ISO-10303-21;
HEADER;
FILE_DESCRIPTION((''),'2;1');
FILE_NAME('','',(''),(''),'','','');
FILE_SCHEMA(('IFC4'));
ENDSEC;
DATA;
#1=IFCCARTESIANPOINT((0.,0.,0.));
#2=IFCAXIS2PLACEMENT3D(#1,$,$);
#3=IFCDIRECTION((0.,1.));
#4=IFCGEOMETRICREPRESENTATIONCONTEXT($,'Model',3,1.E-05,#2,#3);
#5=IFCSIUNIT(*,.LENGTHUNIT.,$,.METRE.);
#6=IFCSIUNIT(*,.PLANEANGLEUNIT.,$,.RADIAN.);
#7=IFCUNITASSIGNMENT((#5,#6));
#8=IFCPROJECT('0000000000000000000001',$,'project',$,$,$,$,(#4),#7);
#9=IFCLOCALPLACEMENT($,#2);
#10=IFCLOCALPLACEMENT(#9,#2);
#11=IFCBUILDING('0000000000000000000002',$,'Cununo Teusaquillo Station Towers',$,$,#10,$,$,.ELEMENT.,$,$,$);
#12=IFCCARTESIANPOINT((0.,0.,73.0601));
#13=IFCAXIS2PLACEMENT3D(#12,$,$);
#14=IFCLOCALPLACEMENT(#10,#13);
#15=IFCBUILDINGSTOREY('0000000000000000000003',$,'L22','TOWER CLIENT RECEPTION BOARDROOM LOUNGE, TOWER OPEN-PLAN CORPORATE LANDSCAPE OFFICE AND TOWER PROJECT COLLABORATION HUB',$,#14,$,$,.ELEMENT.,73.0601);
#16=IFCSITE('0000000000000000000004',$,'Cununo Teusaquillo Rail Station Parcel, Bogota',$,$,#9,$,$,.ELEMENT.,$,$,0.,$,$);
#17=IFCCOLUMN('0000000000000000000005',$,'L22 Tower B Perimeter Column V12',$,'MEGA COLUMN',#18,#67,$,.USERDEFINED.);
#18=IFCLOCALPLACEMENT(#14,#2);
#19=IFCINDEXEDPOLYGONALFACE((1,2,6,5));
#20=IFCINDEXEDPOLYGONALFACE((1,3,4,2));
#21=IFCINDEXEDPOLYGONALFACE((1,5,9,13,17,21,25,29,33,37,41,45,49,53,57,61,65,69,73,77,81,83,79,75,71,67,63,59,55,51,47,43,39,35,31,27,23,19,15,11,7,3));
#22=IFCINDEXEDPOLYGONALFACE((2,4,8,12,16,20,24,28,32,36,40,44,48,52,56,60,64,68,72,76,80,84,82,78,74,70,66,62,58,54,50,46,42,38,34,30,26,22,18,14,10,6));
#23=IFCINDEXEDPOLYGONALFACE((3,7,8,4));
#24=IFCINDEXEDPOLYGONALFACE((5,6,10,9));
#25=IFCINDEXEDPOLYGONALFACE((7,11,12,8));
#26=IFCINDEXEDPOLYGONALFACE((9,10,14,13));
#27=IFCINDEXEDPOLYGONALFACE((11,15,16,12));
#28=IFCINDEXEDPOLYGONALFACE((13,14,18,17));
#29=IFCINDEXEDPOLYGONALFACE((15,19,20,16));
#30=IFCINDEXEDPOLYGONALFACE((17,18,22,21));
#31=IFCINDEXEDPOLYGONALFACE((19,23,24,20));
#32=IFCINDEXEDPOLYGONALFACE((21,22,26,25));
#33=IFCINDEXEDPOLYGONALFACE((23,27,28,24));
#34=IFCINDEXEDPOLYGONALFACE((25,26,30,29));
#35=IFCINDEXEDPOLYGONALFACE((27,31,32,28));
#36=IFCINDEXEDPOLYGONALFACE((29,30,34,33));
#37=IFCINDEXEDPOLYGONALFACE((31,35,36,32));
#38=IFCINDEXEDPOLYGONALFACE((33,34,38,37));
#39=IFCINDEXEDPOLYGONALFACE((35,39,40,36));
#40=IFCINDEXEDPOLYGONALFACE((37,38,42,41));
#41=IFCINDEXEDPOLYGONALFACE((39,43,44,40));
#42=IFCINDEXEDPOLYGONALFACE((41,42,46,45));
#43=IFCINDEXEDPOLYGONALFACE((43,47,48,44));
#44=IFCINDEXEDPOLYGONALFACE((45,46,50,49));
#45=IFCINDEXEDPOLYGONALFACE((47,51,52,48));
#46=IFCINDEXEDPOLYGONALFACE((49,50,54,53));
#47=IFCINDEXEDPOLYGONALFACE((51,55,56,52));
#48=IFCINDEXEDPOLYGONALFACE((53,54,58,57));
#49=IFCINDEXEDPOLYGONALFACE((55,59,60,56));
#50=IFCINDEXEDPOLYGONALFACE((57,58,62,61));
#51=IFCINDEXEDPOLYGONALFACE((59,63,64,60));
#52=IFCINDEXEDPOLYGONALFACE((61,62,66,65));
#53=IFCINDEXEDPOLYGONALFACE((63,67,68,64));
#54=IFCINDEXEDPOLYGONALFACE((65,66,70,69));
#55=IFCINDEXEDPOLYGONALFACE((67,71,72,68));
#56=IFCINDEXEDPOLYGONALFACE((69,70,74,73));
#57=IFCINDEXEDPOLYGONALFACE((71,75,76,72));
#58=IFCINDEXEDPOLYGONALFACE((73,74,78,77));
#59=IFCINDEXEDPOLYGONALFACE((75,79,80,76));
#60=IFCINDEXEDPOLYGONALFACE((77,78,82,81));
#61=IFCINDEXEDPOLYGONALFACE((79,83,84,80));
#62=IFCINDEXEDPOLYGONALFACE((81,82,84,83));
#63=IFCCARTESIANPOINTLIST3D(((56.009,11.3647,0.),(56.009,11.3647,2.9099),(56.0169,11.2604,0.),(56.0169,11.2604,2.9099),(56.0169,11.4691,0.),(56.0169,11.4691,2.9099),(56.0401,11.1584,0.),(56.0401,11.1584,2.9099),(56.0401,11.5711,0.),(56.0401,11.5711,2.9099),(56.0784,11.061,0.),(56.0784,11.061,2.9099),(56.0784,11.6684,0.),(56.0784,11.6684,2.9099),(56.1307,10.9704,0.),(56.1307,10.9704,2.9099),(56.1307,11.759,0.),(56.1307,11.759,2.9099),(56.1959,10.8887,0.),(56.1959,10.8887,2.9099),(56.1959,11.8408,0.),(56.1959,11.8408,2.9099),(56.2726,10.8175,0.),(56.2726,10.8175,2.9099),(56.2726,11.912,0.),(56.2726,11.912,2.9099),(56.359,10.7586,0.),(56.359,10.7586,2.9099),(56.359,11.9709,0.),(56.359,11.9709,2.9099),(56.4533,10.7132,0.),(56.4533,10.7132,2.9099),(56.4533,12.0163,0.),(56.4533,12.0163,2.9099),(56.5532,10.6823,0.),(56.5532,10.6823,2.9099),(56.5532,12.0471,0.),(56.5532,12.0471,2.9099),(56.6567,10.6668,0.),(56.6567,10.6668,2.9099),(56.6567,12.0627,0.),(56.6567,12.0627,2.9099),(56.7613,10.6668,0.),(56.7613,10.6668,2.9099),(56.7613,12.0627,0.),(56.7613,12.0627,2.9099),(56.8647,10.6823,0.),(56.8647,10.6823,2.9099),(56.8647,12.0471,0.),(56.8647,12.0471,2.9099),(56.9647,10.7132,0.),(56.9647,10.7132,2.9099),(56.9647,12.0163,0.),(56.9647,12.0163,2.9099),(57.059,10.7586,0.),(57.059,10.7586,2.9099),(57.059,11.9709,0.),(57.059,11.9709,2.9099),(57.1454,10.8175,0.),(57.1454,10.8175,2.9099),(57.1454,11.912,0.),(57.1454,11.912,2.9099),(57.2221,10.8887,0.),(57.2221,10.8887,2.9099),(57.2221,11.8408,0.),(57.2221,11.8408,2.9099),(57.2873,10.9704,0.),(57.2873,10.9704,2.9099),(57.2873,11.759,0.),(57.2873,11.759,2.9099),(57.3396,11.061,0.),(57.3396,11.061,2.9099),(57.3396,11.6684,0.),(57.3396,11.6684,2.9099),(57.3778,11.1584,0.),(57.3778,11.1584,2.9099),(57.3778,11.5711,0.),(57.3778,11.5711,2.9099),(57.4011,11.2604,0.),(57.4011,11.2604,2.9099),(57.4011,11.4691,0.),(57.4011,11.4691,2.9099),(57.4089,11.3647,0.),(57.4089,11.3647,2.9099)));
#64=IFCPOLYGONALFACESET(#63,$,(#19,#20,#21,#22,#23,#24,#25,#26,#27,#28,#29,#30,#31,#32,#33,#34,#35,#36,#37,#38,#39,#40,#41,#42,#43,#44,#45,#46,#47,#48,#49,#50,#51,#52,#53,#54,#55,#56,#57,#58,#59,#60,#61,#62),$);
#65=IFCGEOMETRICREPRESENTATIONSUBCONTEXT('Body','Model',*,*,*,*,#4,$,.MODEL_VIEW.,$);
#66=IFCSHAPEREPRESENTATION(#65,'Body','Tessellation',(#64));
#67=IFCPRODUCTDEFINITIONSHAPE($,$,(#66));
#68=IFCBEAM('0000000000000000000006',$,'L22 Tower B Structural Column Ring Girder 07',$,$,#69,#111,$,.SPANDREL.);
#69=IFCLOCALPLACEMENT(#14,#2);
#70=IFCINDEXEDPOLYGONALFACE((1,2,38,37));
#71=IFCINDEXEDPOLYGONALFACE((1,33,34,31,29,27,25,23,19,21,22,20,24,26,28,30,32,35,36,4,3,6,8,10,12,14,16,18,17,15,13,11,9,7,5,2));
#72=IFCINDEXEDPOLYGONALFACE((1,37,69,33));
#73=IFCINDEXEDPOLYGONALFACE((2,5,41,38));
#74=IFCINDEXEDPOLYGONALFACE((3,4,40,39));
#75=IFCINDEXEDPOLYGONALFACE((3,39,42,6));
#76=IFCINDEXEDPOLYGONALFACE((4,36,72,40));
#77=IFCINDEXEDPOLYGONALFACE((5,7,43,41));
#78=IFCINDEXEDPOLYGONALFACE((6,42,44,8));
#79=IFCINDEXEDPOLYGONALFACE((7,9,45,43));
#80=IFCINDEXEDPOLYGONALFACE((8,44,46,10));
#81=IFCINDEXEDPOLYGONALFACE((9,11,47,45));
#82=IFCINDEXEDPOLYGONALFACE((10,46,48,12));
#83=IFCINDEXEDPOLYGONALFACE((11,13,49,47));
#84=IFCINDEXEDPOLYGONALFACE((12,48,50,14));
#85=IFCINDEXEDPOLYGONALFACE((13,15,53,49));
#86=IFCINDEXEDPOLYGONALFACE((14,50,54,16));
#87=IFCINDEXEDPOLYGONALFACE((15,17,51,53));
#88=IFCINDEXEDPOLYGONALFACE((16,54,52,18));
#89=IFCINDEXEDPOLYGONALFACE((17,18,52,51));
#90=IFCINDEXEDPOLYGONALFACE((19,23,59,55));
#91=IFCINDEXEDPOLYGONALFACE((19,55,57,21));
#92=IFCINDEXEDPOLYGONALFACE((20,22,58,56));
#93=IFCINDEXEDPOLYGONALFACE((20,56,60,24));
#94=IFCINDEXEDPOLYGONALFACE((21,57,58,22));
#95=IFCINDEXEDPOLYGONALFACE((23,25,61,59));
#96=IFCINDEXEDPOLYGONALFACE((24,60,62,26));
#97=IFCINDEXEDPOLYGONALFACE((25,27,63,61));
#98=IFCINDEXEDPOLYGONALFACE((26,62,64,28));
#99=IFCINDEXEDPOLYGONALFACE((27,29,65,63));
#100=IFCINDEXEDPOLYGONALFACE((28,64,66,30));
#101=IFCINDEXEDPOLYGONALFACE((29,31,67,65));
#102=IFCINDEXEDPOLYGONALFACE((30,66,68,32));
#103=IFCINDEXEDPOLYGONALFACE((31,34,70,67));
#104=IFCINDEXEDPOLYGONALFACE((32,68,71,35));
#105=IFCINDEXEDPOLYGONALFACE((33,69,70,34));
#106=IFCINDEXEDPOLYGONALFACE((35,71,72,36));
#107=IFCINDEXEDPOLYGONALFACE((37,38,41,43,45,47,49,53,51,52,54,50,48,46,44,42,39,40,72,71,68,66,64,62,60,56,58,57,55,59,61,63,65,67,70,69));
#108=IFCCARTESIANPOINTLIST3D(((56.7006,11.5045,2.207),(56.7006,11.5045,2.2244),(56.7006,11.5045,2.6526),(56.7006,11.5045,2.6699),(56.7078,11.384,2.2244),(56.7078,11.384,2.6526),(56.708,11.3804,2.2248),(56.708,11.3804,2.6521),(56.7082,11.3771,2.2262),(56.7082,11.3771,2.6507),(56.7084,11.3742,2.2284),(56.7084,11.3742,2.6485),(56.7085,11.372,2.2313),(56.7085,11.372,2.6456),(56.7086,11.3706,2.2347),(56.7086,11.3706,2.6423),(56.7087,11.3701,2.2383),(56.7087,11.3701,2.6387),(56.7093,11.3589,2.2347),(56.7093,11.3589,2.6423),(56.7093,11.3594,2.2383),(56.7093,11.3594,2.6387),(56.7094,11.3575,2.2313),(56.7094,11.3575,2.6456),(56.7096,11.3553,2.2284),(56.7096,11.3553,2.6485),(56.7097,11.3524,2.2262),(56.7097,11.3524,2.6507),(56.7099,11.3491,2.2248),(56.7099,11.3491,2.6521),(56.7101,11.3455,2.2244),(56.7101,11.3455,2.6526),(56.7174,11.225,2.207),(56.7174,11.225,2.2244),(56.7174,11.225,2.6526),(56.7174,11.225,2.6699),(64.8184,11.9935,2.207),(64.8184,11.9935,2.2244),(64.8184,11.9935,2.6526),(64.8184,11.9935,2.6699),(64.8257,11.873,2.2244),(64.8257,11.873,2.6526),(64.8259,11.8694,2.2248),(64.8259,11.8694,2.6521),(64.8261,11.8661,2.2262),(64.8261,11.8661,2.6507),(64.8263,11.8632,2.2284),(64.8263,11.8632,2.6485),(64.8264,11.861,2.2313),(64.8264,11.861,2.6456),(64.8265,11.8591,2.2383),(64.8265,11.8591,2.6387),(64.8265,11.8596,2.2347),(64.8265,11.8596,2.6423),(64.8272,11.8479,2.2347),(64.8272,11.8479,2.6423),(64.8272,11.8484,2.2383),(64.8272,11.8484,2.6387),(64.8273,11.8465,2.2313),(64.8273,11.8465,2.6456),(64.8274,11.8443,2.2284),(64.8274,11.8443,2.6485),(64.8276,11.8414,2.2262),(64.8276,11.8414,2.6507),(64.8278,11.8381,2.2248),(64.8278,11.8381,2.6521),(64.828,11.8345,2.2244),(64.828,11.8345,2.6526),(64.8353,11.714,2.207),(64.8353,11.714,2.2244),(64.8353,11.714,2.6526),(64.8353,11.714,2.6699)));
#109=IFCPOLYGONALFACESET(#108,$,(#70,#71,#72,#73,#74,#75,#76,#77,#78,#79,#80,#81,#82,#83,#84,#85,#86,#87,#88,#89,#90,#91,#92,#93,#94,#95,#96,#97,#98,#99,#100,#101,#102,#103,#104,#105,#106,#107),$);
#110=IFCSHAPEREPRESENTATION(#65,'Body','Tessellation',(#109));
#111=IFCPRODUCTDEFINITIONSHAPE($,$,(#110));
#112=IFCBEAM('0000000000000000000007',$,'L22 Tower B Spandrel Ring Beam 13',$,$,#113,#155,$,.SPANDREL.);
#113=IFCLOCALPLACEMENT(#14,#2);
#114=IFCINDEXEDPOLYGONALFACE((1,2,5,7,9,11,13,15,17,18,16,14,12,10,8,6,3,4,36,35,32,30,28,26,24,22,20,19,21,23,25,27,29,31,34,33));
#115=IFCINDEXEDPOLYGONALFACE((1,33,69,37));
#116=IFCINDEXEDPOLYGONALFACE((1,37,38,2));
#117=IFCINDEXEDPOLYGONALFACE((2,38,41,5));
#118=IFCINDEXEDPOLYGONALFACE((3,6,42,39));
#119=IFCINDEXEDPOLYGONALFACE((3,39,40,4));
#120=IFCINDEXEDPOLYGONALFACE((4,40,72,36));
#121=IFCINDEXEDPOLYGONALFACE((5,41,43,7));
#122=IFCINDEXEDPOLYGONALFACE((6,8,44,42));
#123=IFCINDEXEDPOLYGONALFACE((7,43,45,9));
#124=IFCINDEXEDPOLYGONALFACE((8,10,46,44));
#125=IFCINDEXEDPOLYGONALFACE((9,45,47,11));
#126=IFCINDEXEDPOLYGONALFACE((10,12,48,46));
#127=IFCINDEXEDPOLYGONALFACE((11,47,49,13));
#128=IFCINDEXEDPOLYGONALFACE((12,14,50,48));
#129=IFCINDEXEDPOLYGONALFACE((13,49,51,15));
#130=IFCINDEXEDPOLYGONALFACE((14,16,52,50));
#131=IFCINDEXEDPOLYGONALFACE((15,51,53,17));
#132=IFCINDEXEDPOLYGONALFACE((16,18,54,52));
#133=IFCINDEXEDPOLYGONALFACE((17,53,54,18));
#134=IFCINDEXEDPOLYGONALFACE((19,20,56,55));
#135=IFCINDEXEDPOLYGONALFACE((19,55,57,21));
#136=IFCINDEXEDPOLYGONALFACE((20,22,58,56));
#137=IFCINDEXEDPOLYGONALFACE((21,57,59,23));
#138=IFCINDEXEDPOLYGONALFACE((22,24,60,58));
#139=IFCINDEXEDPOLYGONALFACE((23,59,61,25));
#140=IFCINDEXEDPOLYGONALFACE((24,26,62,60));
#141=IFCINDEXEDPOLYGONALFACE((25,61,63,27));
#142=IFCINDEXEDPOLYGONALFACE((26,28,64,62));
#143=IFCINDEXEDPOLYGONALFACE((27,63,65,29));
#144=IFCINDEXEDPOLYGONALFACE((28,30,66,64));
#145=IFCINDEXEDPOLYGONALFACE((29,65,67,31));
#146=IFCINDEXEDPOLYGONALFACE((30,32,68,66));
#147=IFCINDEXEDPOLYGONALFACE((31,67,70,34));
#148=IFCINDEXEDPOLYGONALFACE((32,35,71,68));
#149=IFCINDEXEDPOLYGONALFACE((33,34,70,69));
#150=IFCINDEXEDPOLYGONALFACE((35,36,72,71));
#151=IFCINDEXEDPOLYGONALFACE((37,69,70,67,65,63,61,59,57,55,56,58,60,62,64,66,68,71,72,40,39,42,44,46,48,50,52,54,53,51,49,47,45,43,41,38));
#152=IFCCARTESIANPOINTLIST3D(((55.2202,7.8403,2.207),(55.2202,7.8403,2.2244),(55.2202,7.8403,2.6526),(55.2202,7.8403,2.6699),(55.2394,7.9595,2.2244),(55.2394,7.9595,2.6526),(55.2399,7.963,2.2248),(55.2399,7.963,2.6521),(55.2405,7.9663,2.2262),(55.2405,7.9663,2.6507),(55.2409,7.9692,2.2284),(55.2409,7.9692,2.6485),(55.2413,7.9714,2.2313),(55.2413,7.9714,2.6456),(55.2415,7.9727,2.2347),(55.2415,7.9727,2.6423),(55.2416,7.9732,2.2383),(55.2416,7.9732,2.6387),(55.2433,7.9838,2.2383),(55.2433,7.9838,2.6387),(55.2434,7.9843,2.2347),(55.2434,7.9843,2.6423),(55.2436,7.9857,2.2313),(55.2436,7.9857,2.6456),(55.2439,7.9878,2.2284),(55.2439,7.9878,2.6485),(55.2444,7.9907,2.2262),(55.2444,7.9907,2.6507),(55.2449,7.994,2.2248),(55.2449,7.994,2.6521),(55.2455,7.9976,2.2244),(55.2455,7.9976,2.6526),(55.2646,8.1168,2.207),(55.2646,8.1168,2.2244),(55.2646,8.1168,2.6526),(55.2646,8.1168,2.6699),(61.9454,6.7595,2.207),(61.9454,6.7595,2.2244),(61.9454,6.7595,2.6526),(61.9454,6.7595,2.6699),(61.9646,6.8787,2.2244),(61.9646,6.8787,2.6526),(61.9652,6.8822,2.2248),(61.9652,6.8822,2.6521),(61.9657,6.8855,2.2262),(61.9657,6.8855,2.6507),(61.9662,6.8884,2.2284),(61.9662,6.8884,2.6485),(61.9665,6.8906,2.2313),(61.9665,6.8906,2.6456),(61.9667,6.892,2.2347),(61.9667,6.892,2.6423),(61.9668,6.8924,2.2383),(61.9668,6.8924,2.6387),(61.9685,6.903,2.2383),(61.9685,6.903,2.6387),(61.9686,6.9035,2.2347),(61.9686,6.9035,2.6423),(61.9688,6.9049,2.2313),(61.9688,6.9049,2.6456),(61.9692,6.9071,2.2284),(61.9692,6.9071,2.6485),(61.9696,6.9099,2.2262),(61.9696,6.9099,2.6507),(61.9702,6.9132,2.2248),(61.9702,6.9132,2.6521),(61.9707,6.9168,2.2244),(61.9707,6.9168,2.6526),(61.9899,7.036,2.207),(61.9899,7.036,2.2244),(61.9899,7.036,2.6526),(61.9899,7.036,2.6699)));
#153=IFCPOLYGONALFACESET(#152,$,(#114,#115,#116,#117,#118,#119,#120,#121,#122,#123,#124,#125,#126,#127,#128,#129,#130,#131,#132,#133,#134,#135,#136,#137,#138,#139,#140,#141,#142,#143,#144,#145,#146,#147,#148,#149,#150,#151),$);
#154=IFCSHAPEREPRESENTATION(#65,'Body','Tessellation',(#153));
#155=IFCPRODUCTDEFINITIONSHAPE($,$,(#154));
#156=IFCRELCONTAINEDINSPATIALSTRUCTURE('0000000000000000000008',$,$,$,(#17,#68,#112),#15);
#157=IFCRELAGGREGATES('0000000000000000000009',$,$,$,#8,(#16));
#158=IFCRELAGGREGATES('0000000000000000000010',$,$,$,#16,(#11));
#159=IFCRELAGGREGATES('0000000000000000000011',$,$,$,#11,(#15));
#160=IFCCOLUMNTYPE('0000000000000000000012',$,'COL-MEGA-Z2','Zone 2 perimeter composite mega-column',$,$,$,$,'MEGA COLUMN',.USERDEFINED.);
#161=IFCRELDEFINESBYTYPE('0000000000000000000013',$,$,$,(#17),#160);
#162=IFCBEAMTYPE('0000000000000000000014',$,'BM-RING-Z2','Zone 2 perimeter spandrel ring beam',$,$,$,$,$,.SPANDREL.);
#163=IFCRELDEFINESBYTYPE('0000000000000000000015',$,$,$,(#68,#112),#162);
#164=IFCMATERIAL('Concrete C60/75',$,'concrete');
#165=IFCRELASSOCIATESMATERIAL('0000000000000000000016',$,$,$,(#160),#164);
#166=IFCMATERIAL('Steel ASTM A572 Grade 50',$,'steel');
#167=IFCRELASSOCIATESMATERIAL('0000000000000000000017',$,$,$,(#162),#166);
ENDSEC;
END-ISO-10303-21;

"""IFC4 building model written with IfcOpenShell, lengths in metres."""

from ifc_helpers import new_model, si_unit, direction, frame, origin, origin_2d, place, context, subcontext, project, spatial, circle, i_section, extrude, material, material_profile, profile_set, type_object, element, save


model = new_model("IFC4")

# Units and contexts
model_context = context("Model", 3, precision=1e-05, world=origin(), true_north=direction((0.0, 1.0)))
body_context = subcontext(model_context, "Body", "Model", "MODEL_VIEW")
ifc_project = project(units=[si_unit("LENGTHUNIT", "METRE"), si_unit("PLANEANGLEUNIT", "RADIAN")], contexts=[model_context])

# Site, building, storey
site_placement = place(None, origin())
site = spatial("IfcSite", under=ifc_project, at=site_placement, Name="Cununo Teusaquillo Rail Station Parcel, Bogota", CompositionType="ELEMENT", RefElevation=0.0)
building_placement = place(site_placement, origin())
building = spatial("IfcBuilding", under=site, at=building_placement, Name="Cununo Teusaquillo Station Towers", CompositionType="ELEMENT")
storey_placement = place(building_placement, frame((0.0, 0.0, 73.0601)))
storey = spatial("IfcBuildingStorey", under=building, at=storey_placement, Name="L22", Description="TOWER CLIENT RECEPTION BOARDROOM LOUNGE, TOWER OPEN-PLAN CORPORATE LANDSCAPE OFFICE AND TOWER PROJECT COLLABORATION HUB", CompositionType="ELEMENT", Elevation=73.0601)

# Column
ifc_material_1 = material(Name="Concrete C60/75", Category="concrete")
ifc_material_profile_1 = material_profile(ifc_material_1, circle(Radius=0.7, at=origin_2d()), Name="RC-CIRC-1400")
ifc_profile_set_1 = profile_set([ifc_material_profile_1], Name="Concrete C60/75")
column_type = type_object("IfcColumnType", Name="COL-MEGA-Z2", Description="Zone 2 perimeter composite mega-column", ElementType="MEGA COLUMN", PredefinedType="USERDEFINED", material=ifc_profile_set_1)
column_placement = place(storey_placement, frame((56.709, 11.3647, 0.0), z_axis=(0.0, 0.0, 1.0), x_axis=(1.0, 0.0, 0.0)))
element("IfcColumn", 1, at=column_placement, inside=storey, type_object=column_type, Name="L22 Tower B Perimeter Column V12", ObjectType="MEGA COLUMN", PredefinedType="USERDEFINED", context=body_context, shape_type="SweptSolid", body=[
    extrude(circle(Radius=0.7, at=origin_2d()), origin(), (0.0, 0.0, 1.0), 2.9099),
])

# Beams
ifc_material_2 = material(Name="Steel ASTM A572 Grade 50", Category="steel")
ifc_material_profile_2 = material_profile(ifc_material_2, i_section(OverallWidth=0.28, OverallDepth=0.4629, WebThickness=0.0107, FlangeThickness=0.0173, FilletRadius=0.0139, at=origin_2d()), Name="W18X76")
ifc_profile_set_2 = profile_set([ifc_material_profile_2], Name="Steel ASTM A572 Grade 50")
beam_type = type_object("IfcBeamType", Name="BM-RING-Z2", Description="Zone 2 perimeter spandrel ring beam", PredefinedType="SPANDREL", material=ifc_profile_set_2)
beam_1_placement = place(storey_placement, frame((56.709, 11.3647, 2.4385), z_axis=(0.998191, 0.06013, 0.0), x_axis=(-0.06013, 0.998191, 0.0)))
element("IfcBeam", 2, at=beam_1_placement, inside=storey, type_object=beam_type, Name="L22 Tower B Structural Column Ring Girder 07", PredefinedType="SPANDREL", context=body_context, shape_type="SweptSolid", body=[
    extrude(i_section(OverallWidth=0.28, OverallDepth=0.4629, WebThickness=0.0107, FlangeThickness=0.0173, FilletRadius=0.0139, at=origin_2d()), origin(), (0.0, 0.0, 1.0), 8.1326),
])
beam_2_placement = place(storey_placement, frame((55.2424, 7.9785, 2.4385), z_axis=(0.987331, -0.158671, 0.0), x_axis=(0.158671, 0.987331, 0.0)))
element("IfcBeam", 3, at=beam_2_placement, inside=storey, type_object=beam_type, Name="L22 Tower B Spandrel Ring Beam 13", PredefinedType="SPANDREL", context=body_context, shape_type="SweptSolid", body=[
    extrude(i_section(OverallWidth=0.28, OverallDepth=0.4629, WebThickness=0.0107, FlangeThickness=0.0173, FilletRadius=0.0139, at=origin_2d()), origin(), (0.0, 0.0, 1.0), 6.8115),
])

save(model, "model.ifc")
